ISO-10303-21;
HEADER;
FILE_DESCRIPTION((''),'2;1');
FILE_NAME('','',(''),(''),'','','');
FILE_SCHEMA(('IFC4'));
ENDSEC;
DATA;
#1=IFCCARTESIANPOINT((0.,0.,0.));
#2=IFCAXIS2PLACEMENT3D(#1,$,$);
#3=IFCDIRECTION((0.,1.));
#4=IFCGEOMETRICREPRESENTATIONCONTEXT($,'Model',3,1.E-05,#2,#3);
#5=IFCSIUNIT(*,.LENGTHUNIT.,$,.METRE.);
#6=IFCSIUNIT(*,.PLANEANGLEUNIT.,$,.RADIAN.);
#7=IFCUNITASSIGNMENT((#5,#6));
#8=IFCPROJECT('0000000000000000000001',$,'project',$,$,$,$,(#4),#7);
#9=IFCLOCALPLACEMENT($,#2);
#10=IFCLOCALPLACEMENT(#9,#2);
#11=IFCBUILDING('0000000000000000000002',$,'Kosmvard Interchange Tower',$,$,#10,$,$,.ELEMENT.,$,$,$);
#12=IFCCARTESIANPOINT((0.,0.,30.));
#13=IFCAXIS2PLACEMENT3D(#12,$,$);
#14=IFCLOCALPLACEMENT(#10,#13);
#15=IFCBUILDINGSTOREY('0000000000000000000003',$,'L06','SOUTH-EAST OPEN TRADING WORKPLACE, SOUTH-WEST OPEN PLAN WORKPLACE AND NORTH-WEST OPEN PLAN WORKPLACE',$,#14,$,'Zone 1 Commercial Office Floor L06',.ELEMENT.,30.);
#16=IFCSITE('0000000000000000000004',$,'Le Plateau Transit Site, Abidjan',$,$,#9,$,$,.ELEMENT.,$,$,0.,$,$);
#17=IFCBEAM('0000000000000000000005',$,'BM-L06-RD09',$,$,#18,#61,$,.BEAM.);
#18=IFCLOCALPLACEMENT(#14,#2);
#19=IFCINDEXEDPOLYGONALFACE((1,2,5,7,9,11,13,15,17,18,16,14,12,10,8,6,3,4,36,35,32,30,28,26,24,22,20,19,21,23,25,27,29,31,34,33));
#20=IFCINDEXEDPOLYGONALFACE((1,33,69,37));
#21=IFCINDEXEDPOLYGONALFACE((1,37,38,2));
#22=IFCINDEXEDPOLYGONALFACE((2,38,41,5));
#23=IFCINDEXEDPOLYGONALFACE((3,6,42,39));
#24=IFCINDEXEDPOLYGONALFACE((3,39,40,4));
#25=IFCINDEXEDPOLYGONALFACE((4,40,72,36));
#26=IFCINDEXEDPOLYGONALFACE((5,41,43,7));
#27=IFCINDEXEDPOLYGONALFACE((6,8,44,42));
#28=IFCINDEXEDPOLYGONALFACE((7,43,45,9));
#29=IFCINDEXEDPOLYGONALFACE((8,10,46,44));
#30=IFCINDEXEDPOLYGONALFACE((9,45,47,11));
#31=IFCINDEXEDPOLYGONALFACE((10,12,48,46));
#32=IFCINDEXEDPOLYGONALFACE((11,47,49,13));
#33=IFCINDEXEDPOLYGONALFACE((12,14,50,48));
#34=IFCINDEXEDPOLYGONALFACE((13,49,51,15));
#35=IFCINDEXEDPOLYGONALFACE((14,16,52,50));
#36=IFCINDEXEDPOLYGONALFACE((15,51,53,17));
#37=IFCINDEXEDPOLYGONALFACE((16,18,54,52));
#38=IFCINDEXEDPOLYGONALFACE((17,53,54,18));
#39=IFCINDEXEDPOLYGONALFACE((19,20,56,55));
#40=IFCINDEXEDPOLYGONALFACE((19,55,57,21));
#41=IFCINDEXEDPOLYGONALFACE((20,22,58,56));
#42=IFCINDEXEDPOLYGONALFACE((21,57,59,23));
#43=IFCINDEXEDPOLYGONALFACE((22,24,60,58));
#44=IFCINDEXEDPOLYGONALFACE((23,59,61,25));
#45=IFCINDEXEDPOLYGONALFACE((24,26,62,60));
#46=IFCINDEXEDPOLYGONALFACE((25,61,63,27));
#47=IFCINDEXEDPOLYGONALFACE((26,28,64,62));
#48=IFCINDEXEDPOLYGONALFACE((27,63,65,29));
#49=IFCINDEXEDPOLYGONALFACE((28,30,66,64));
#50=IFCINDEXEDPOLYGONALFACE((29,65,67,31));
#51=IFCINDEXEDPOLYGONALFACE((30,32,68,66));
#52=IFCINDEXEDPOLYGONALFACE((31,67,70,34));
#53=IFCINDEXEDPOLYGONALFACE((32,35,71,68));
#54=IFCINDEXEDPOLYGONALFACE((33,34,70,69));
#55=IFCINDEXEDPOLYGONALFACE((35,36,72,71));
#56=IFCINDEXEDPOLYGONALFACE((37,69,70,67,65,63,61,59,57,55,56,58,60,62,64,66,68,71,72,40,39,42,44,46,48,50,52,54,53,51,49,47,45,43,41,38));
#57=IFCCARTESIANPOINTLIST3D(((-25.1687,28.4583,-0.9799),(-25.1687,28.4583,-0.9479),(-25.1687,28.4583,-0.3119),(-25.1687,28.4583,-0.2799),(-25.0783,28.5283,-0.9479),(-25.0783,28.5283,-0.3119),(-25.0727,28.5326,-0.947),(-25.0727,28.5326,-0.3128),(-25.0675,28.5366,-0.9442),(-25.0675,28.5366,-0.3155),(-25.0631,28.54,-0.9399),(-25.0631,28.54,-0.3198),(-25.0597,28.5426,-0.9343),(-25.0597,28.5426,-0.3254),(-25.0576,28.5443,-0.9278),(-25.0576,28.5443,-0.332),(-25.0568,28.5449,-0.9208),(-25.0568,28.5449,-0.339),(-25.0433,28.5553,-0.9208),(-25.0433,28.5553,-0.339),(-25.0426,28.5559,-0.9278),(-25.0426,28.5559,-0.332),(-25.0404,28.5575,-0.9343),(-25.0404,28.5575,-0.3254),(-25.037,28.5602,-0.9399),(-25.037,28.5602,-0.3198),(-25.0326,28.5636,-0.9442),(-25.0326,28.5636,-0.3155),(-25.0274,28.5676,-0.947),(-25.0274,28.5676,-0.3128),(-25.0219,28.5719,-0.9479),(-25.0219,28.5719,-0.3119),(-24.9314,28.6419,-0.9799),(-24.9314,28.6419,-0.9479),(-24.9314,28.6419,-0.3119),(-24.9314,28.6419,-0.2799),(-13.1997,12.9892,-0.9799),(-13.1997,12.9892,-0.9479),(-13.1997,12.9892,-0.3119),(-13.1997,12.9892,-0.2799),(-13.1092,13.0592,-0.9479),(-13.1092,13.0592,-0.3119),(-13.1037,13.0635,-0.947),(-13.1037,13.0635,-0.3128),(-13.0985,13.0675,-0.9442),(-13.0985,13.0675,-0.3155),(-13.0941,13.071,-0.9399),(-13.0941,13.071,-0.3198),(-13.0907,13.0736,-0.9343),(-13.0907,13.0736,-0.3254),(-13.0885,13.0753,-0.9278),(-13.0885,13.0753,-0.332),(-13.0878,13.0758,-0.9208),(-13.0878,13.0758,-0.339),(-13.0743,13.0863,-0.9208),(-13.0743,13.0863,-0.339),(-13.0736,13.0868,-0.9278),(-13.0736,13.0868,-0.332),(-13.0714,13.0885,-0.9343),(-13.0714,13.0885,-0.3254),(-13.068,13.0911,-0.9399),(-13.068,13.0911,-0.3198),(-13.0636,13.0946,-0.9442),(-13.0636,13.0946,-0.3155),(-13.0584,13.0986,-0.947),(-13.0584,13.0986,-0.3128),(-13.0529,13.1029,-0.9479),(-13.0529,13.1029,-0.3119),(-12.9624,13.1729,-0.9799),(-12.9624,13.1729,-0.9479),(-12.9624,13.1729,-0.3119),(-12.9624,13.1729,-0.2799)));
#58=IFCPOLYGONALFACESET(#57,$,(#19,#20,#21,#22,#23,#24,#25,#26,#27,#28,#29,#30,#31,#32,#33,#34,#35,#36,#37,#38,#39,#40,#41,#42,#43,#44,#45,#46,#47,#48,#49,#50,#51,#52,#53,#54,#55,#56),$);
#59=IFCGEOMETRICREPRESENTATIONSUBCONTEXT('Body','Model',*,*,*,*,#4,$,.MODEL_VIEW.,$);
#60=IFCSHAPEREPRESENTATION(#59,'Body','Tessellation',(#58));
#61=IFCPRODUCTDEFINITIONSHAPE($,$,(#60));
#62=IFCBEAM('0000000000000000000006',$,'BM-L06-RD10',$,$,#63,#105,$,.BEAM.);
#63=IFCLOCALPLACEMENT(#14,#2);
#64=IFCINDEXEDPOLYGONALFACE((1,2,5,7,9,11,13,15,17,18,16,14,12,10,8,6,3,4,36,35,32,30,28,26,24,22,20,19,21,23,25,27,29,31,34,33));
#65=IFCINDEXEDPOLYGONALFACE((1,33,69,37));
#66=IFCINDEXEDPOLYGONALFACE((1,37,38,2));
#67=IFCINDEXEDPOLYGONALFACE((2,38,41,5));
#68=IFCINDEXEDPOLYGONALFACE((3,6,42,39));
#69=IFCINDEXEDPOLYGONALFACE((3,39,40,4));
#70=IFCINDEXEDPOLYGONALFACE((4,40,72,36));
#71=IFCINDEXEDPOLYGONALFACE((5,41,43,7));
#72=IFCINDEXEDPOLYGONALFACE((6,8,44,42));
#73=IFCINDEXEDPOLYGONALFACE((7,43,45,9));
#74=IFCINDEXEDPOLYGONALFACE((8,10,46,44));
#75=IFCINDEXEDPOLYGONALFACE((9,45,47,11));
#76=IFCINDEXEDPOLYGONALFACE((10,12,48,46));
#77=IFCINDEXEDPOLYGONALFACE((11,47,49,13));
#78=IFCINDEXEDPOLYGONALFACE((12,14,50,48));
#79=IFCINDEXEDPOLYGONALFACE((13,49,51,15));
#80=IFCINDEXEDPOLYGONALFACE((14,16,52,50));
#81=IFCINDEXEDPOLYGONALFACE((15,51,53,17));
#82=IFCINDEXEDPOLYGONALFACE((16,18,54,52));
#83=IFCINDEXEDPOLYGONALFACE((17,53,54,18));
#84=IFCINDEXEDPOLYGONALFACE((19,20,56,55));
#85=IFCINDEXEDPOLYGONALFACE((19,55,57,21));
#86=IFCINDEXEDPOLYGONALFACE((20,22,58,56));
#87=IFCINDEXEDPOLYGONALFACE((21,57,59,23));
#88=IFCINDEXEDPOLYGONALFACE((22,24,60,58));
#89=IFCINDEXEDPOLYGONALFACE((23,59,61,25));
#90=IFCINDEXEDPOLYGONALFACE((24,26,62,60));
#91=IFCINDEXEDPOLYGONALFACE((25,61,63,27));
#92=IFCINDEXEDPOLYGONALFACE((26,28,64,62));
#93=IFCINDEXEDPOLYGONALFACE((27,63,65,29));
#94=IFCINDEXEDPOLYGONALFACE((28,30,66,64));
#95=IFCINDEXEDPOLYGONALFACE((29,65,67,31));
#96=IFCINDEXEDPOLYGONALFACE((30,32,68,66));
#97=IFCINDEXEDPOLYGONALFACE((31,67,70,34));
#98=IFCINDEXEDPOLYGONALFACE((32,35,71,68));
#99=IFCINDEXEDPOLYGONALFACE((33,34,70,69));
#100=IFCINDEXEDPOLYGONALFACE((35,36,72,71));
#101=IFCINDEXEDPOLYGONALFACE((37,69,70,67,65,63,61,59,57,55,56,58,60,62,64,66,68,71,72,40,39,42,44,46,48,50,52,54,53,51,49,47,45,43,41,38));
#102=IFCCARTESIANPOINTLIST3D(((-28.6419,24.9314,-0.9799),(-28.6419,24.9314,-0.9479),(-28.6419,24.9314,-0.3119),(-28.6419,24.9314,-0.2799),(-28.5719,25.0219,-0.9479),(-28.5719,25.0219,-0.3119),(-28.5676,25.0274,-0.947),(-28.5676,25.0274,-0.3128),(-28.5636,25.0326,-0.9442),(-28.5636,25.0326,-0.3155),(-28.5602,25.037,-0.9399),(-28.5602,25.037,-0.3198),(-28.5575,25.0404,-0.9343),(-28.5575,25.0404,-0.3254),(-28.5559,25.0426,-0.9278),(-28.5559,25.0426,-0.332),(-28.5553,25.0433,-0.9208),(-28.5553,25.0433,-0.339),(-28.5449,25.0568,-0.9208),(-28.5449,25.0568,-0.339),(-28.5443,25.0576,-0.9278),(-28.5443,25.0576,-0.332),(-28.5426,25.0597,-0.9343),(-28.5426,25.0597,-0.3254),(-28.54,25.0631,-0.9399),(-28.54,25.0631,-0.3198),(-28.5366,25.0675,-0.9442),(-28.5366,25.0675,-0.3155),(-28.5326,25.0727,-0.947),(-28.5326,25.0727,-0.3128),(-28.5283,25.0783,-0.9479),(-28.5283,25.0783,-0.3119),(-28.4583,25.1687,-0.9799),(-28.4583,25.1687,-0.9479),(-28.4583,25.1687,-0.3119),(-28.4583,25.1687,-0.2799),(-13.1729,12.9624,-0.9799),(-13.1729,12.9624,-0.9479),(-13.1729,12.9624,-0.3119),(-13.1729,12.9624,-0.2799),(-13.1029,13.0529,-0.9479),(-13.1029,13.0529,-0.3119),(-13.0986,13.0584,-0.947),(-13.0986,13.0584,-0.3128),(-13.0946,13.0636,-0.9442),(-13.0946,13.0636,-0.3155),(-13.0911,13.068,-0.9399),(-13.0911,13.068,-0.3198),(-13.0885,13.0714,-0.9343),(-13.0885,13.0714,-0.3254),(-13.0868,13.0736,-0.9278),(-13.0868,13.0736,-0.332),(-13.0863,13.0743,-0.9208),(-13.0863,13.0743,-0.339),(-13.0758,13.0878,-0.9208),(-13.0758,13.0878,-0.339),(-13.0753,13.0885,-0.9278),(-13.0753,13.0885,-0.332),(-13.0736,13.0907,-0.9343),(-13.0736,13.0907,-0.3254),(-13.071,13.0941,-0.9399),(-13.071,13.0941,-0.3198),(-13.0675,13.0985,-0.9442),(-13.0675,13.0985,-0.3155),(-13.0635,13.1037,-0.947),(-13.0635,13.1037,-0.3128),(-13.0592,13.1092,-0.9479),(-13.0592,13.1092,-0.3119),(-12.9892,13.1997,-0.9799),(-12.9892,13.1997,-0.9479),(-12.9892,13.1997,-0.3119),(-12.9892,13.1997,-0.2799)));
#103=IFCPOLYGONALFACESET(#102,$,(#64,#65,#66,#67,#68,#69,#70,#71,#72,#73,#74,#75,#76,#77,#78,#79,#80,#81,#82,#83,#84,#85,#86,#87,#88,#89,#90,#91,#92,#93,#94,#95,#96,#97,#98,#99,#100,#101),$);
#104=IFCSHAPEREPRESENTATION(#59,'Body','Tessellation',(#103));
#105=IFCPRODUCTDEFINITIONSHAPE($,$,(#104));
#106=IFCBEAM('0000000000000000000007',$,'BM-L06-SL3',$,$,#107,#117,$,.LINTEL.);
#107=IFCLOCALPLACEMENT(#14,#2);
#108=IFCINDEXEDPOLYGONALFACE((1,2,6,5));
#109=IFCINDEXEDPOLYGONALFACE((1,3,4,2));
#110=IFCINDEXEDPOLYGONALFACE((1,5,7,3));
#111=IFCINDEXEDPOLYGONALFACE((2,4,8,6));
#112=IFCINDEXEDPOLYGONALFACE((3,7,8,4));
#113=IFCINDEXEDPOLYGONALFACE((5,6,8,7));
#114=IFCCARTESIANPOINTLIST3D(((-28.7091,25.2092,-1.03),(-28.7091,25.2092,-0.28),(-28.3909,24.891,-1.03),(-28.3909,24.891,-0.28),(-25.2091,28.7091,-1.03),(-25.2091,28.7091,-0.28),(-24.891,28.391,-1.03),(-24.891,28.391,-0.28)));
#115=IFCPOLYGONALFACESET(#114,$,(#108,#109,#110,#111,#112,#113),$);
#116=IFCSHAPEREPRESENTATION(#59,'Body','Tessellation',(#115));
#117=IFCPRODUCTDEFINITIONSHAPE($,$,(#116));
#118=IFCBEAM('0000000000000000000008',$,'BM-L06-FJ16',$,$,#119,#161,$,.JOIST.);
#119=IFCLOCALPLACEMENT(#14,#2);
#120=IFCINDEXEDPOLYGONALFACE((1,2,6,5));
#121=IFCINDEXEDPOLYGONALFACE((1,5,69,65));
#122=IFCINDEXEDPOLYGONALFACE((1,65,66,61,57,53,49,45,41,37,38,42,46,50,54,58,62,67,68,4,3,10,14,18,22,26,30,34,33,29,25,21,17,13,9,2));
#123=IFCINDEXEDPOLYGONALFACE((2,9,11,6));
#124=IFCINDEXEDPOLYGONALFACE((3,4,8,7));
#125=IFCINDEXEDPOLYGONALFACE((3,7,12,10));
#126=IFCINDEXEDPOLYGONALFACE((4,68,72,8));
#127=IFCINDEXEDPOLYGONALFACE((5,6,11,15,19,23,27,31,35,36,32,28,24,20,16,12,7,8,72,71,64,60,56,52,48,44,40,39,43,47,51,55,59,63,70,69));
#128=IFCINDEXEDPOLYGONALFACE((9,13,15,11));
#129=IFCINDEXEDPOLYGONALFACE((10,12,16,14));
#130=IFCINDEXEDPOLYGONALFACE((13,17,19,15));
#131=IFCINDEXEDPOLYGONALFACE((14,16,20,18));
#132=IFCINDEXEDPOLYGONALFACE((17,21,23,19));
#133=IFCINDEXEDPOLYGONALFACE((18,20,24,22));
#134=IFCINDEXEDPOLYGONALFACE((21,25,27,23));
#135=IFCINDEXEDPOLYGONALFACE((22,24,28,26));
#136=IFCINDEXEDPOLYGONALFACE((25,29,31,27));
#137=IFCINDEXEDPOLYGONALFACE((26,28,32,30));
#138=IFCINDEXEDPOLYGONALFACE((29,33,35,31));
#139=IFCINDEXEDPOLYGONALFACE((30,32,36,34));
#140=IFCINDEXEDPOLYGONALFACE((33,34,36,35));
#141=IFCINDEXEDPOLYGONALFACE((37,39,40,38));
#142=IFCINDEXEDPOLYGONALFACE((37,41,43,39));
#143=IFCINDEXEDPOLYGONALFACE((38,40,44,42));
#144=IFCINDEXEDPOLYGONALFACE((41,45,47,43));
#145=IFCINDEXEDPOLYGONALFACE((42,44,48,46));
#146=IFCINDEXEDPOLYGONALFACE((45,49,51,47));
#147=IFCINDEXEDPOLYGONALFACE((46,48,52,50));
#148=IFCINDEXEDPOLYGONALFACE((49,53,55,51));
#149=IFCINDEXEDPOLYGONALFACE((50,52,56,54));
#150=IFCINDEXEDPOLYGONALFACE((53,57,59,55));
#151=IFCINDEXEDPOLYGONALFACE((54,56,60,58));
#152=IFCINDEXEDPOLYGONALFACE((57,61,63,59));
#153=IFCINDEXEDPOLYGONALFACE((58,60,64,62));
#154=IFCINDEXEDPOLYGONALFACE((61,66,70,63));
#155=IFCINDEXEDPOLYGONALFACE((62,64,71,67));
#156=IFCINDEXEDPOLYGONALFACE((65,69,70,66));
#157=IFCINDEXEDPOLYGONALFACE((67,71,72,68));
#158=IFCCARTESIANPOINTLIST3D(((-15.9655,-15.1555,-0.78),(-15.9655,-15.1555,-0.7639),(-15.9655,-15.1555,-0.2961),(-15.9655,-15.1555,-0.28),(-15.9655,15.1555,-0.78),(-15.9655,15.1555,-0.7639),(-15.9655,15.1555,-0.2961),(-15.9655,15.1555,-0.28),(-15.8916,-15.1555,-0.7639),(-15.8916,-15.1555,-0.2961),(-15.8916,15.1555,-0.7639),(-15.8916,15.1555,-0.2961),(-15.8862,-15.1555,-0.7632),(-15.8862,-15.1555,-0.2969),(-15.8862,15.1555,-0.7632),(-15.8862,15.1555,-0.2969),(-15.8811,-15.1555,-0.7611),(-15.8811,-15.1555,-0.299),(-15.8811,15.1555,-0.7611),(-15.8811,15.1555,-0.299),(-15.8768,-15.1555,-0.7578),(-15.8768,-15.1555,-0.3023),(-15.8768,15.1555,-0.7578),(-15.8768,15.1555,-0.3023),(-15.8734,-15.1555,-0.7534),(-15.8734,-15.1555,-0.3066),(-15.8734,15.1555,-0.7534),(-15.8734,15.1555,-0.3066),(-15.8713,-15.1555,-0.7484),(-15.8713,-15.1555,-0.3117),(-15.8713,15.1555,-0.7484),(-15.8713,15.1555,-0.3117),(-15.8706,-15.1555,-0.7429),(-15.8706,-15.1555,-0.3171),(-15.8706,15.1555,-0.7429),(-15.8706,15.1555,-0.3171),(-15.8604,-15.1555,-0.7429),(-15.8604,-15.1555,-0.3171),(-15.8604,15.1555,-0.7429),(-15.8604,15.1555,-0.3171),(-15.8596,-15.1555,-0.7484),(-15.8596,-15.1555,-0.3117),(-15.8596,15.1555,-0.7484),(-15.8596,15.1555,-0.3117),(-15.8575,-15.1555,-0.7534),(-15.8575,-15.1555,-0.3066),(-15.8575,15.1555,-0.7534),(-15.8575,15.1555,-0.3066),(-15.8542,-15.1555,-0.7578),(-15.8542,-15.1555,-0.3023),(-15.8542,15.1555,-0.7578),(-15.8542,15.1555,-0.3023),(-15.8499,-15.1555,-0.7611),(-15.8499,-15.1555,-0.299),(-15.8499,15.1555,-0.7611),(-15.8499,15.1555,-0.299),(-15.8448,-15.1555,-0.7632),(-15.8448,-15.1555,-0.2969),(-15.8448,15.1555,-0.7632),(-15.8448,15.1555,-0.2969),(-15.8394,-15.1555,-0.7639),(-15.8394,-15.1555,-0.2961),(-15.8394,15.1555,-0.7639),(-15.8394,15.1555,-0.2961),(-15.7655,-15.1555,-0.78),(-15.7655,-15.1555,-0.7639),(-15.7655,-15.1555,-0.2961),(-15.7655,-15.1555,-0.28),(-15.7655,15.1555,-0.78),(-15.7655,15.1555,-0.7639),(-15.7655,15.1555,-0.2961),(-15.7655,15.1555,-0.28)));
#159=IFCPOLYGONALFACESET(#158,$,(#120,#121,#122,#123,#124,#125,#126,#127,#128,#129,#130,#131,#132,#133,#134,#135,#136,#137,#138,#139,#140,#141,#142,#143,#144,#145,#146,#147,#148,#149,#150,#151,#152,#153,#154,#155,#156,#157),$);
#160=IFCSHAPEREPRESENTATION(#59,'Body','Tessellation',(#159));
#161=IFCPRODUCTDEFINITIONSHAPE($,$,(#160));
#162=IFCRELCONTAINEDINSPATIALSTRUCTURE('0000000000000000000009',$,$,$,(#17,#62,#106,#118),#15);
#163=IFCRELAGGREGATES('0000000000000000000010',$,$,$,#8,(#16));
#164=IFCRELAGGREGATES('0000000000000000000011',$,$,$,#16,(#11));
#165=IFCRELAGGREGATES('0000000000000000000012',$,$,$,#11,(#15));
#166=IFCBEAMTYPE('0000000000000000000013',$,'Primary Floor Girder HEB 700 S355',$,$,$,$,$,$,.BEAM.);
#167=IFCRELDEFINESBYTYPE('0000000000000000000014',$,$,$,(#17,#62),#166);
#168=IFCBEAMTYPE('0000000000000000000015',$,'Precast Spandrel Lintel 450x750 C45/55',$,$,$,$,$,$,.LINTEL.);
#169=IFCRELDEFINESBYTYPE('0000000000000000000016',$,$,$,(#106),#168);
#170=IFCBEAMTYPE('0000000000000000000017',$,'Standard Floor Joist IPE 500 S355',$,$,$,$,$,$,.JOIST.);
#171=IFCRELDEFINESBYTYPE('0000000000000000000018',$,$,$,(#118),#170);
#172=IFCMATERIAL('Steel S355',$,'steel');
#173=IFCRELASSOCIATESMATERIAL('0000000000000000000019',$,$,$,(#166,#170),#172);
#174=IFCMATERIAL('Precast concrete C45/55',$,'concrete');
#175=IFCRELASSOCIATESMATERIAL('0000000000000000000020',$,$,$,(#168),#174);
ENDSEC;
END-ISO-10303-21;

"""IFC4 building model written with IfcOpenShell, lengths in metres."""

from ifc_helpers import new_model, si_unit, direction, frame, origin, origin_2d, place, context, subcontext, project, spatial, rectangle, i_section, extrude, source, transform, mapped, material, material_profile, profile_set, type_object, element, save


model = new_model("IFC4")

# Units and contexts
model_context = context("Model", 3, precision=1e-05, world=origin(), true_north=direction((0.0, 1.0)))
body_context = subcontext(model_context, "Body", "Model", "MODEL_VIEW")
ifc_project = project(units=[si_unit("LENGTHUNIT", "METRE"), si_unit("PLANEANGLEUNIT", "RADIAN")], contexts=[model_context])

# Site, building, storey
site_placement = place(None, origin())
site = spatial("IfcSite", under=ifc_project, at=site_placement, Name="Le Plateau Transit Site, Abidjan", CompositionType="ELEMENT", RefElevation=0.0)
building_placement = place(site_placement, origin())
building = spatial("IfcBuilding", under=site, at=building_placement, Name="Kosmvard Interchange Tower", CompositionType="ELEMENT")
storey_placement = place(building_placement, frame((0.0, 0.0, 30.0)))
storey = spatial("IfcBuildingStorey", under=building, at=storey_placement, Name="L06", Description="SOUTH-EAST OPEN TRADING WORKPLACE, SOUTH-WEST OPEN PLAN WORKPLACE AND NORTH-WEST OPEN PLAN WORKPLACE", LongName="Zone 1 Commercial Office Floor L06", CompositionType="ELEMENT", Elevation=30.0)

# Beams
ifc_material_1 = material(Name="Steel S355", Category="steel")
ifc_material_profile_1 = material_profile(ifc_material_1, i_section(OverallWidth=0.3, OverallDepth=0.7, WebThickness=0.0171, FlangeThickness=0.032, FilletRadius=0.0271, at=origin_2d()), Name="HEB 700")
ifc_profile_set_1 = profile_set([ifc_material_profile_1], Name="Steel S355")
beam_type_1 = type_object("IfcBeamType", Name="Primary Floor Girder HEB 700 S355", PredefinedType="BEAM", material=ifc_profile_set_1)
shared_shape_1 = source(origin(), body_context, "Body", "SweptSolid", [
    extrude(i_section(OverallWidth=0.3, OverallDepth=0.7, WebThickness=0.0171, FlangeThickness=0.032, FilletRadius=0.0271, at=origin_2d()), origin(), (0.0, 0.0, 1.0), 19.5588),
])
for number, where, z_axis, x_axis, name in (
    (1, (-13.0811, 13.0811, -0.6299), (-0.611949, 0.790897, 0.0), (-0.790897, -0.611949, 0.0), "BM-L06-RD09"),
    (2, (-13.0811, 13.0811, -0.6299), (-0.790897, 0.611949, 0.0), (-0.611949, -0.790897, 0.0), "BM-L06-RD10"),
):
    element("IfcBeam", number, at=place(storey_placement, frame(where, z_axis=z_axis, x_axis=x_axis)), inside=storey, type_object=beam_type_1, Name=name, PredefinedType="BEAM", context=body_context, shape_type="MappedRepresentation", body=[
        mapped(shared_shape_1, transform((0.0, 0.0, 0.0), scale=1.0)),
    ])
ifc_material_2 = material(Name="Precast concrete C45/55", Category="concrete")
ifc_material_profile_2 = material_profile(ifc_material_2, rectangle(XDim=0.45, YDim=0.75, at=origin_2d()), Name="SL 450x750")
ifc_profile_set_2 = profile_set([ifc_material_profile_2], Name="Precast concrete C45/55")
beam_type_2 = type_object("IfcBeamType", Name="Precast Spandrel Lintel 450x750 C45/55", PredefinedType="LINTEL", material=ifc_profile_set_2)
shared_shape_2 = source(origin(), body_context, "Body", "SweptSolid", [
    extrude(rectangle(XDim=0.45, YDim=0.75, at=origin_2d()), origin(), (0.0, 0.0, 1.0), 4.9497),
])
beam_1_placement = place(storey_placement, frame((-25.05, 28.55, -0.655), z_axis=(-0.707107, -0.707107, 0.0), x_axis=(0.707107, -0.707107, 0.0)))
element("IfcBeam", 3, at=beam_1_placement, inside=storey, type_object=beam_type_2, Name="BM-L06-SL3", PredefinedType="LINTEL", context=body_context, shape_type="MappedRepresentation", body=[
    mapped(shared_shape_2, transform((0.0, 0.0, 0.0), scale=1.0)),
])
ifc_material_profile_3 = material_profile(ifc_material_1, i_section(OverallWidth=0.2, OverallDepth=0.5, WebThickness=0.0103, FlangeThickness=0.0161, FilletRadius=0.021, at=origin_2d()), Name="IPE 500")
ifc_profile_set_3 = profile_set([ifc_material_profile_3], Name="Steel S355")
beam_type_3 = type_object("IfcBeamType", Name="Standard Floor Joist IPE 500 S355", PredefinedType="JOIST", material=ifc_profile_set_3)
shared_shape_3 = source(origin(), body_context, "Body", "SweptSolid", [
    extrude(i_section(OverallWidth=0.2, OverallDepth=0.5, WebThickness=0.0103, FlangeThickness=0.0161, FilletRadius=0.021, at=origin_2d()), origin(), (0.0, 0.0, 1.0), 30.311),
])
beam_2_placement = place(storey_placement, frame((-15.8655, 15.1555, -0.53), z_axis=(0.0, -1.0, 0.0), x_axis=(1.0, 0.0, 0.0)))
element("IfcBeam", 4, at=beam_2_placement, inside=storey, type_object=beam_type_3, Name="BM-L06-FJ16", PredefinedType="JOIST", context=body_context, shape_type="MappedRepresentation", body=[
    mapped(shared_shape_3, transform((0.0, 0.0, 0.0), scale=1.0)),
])

save(model, "model.ifc")
